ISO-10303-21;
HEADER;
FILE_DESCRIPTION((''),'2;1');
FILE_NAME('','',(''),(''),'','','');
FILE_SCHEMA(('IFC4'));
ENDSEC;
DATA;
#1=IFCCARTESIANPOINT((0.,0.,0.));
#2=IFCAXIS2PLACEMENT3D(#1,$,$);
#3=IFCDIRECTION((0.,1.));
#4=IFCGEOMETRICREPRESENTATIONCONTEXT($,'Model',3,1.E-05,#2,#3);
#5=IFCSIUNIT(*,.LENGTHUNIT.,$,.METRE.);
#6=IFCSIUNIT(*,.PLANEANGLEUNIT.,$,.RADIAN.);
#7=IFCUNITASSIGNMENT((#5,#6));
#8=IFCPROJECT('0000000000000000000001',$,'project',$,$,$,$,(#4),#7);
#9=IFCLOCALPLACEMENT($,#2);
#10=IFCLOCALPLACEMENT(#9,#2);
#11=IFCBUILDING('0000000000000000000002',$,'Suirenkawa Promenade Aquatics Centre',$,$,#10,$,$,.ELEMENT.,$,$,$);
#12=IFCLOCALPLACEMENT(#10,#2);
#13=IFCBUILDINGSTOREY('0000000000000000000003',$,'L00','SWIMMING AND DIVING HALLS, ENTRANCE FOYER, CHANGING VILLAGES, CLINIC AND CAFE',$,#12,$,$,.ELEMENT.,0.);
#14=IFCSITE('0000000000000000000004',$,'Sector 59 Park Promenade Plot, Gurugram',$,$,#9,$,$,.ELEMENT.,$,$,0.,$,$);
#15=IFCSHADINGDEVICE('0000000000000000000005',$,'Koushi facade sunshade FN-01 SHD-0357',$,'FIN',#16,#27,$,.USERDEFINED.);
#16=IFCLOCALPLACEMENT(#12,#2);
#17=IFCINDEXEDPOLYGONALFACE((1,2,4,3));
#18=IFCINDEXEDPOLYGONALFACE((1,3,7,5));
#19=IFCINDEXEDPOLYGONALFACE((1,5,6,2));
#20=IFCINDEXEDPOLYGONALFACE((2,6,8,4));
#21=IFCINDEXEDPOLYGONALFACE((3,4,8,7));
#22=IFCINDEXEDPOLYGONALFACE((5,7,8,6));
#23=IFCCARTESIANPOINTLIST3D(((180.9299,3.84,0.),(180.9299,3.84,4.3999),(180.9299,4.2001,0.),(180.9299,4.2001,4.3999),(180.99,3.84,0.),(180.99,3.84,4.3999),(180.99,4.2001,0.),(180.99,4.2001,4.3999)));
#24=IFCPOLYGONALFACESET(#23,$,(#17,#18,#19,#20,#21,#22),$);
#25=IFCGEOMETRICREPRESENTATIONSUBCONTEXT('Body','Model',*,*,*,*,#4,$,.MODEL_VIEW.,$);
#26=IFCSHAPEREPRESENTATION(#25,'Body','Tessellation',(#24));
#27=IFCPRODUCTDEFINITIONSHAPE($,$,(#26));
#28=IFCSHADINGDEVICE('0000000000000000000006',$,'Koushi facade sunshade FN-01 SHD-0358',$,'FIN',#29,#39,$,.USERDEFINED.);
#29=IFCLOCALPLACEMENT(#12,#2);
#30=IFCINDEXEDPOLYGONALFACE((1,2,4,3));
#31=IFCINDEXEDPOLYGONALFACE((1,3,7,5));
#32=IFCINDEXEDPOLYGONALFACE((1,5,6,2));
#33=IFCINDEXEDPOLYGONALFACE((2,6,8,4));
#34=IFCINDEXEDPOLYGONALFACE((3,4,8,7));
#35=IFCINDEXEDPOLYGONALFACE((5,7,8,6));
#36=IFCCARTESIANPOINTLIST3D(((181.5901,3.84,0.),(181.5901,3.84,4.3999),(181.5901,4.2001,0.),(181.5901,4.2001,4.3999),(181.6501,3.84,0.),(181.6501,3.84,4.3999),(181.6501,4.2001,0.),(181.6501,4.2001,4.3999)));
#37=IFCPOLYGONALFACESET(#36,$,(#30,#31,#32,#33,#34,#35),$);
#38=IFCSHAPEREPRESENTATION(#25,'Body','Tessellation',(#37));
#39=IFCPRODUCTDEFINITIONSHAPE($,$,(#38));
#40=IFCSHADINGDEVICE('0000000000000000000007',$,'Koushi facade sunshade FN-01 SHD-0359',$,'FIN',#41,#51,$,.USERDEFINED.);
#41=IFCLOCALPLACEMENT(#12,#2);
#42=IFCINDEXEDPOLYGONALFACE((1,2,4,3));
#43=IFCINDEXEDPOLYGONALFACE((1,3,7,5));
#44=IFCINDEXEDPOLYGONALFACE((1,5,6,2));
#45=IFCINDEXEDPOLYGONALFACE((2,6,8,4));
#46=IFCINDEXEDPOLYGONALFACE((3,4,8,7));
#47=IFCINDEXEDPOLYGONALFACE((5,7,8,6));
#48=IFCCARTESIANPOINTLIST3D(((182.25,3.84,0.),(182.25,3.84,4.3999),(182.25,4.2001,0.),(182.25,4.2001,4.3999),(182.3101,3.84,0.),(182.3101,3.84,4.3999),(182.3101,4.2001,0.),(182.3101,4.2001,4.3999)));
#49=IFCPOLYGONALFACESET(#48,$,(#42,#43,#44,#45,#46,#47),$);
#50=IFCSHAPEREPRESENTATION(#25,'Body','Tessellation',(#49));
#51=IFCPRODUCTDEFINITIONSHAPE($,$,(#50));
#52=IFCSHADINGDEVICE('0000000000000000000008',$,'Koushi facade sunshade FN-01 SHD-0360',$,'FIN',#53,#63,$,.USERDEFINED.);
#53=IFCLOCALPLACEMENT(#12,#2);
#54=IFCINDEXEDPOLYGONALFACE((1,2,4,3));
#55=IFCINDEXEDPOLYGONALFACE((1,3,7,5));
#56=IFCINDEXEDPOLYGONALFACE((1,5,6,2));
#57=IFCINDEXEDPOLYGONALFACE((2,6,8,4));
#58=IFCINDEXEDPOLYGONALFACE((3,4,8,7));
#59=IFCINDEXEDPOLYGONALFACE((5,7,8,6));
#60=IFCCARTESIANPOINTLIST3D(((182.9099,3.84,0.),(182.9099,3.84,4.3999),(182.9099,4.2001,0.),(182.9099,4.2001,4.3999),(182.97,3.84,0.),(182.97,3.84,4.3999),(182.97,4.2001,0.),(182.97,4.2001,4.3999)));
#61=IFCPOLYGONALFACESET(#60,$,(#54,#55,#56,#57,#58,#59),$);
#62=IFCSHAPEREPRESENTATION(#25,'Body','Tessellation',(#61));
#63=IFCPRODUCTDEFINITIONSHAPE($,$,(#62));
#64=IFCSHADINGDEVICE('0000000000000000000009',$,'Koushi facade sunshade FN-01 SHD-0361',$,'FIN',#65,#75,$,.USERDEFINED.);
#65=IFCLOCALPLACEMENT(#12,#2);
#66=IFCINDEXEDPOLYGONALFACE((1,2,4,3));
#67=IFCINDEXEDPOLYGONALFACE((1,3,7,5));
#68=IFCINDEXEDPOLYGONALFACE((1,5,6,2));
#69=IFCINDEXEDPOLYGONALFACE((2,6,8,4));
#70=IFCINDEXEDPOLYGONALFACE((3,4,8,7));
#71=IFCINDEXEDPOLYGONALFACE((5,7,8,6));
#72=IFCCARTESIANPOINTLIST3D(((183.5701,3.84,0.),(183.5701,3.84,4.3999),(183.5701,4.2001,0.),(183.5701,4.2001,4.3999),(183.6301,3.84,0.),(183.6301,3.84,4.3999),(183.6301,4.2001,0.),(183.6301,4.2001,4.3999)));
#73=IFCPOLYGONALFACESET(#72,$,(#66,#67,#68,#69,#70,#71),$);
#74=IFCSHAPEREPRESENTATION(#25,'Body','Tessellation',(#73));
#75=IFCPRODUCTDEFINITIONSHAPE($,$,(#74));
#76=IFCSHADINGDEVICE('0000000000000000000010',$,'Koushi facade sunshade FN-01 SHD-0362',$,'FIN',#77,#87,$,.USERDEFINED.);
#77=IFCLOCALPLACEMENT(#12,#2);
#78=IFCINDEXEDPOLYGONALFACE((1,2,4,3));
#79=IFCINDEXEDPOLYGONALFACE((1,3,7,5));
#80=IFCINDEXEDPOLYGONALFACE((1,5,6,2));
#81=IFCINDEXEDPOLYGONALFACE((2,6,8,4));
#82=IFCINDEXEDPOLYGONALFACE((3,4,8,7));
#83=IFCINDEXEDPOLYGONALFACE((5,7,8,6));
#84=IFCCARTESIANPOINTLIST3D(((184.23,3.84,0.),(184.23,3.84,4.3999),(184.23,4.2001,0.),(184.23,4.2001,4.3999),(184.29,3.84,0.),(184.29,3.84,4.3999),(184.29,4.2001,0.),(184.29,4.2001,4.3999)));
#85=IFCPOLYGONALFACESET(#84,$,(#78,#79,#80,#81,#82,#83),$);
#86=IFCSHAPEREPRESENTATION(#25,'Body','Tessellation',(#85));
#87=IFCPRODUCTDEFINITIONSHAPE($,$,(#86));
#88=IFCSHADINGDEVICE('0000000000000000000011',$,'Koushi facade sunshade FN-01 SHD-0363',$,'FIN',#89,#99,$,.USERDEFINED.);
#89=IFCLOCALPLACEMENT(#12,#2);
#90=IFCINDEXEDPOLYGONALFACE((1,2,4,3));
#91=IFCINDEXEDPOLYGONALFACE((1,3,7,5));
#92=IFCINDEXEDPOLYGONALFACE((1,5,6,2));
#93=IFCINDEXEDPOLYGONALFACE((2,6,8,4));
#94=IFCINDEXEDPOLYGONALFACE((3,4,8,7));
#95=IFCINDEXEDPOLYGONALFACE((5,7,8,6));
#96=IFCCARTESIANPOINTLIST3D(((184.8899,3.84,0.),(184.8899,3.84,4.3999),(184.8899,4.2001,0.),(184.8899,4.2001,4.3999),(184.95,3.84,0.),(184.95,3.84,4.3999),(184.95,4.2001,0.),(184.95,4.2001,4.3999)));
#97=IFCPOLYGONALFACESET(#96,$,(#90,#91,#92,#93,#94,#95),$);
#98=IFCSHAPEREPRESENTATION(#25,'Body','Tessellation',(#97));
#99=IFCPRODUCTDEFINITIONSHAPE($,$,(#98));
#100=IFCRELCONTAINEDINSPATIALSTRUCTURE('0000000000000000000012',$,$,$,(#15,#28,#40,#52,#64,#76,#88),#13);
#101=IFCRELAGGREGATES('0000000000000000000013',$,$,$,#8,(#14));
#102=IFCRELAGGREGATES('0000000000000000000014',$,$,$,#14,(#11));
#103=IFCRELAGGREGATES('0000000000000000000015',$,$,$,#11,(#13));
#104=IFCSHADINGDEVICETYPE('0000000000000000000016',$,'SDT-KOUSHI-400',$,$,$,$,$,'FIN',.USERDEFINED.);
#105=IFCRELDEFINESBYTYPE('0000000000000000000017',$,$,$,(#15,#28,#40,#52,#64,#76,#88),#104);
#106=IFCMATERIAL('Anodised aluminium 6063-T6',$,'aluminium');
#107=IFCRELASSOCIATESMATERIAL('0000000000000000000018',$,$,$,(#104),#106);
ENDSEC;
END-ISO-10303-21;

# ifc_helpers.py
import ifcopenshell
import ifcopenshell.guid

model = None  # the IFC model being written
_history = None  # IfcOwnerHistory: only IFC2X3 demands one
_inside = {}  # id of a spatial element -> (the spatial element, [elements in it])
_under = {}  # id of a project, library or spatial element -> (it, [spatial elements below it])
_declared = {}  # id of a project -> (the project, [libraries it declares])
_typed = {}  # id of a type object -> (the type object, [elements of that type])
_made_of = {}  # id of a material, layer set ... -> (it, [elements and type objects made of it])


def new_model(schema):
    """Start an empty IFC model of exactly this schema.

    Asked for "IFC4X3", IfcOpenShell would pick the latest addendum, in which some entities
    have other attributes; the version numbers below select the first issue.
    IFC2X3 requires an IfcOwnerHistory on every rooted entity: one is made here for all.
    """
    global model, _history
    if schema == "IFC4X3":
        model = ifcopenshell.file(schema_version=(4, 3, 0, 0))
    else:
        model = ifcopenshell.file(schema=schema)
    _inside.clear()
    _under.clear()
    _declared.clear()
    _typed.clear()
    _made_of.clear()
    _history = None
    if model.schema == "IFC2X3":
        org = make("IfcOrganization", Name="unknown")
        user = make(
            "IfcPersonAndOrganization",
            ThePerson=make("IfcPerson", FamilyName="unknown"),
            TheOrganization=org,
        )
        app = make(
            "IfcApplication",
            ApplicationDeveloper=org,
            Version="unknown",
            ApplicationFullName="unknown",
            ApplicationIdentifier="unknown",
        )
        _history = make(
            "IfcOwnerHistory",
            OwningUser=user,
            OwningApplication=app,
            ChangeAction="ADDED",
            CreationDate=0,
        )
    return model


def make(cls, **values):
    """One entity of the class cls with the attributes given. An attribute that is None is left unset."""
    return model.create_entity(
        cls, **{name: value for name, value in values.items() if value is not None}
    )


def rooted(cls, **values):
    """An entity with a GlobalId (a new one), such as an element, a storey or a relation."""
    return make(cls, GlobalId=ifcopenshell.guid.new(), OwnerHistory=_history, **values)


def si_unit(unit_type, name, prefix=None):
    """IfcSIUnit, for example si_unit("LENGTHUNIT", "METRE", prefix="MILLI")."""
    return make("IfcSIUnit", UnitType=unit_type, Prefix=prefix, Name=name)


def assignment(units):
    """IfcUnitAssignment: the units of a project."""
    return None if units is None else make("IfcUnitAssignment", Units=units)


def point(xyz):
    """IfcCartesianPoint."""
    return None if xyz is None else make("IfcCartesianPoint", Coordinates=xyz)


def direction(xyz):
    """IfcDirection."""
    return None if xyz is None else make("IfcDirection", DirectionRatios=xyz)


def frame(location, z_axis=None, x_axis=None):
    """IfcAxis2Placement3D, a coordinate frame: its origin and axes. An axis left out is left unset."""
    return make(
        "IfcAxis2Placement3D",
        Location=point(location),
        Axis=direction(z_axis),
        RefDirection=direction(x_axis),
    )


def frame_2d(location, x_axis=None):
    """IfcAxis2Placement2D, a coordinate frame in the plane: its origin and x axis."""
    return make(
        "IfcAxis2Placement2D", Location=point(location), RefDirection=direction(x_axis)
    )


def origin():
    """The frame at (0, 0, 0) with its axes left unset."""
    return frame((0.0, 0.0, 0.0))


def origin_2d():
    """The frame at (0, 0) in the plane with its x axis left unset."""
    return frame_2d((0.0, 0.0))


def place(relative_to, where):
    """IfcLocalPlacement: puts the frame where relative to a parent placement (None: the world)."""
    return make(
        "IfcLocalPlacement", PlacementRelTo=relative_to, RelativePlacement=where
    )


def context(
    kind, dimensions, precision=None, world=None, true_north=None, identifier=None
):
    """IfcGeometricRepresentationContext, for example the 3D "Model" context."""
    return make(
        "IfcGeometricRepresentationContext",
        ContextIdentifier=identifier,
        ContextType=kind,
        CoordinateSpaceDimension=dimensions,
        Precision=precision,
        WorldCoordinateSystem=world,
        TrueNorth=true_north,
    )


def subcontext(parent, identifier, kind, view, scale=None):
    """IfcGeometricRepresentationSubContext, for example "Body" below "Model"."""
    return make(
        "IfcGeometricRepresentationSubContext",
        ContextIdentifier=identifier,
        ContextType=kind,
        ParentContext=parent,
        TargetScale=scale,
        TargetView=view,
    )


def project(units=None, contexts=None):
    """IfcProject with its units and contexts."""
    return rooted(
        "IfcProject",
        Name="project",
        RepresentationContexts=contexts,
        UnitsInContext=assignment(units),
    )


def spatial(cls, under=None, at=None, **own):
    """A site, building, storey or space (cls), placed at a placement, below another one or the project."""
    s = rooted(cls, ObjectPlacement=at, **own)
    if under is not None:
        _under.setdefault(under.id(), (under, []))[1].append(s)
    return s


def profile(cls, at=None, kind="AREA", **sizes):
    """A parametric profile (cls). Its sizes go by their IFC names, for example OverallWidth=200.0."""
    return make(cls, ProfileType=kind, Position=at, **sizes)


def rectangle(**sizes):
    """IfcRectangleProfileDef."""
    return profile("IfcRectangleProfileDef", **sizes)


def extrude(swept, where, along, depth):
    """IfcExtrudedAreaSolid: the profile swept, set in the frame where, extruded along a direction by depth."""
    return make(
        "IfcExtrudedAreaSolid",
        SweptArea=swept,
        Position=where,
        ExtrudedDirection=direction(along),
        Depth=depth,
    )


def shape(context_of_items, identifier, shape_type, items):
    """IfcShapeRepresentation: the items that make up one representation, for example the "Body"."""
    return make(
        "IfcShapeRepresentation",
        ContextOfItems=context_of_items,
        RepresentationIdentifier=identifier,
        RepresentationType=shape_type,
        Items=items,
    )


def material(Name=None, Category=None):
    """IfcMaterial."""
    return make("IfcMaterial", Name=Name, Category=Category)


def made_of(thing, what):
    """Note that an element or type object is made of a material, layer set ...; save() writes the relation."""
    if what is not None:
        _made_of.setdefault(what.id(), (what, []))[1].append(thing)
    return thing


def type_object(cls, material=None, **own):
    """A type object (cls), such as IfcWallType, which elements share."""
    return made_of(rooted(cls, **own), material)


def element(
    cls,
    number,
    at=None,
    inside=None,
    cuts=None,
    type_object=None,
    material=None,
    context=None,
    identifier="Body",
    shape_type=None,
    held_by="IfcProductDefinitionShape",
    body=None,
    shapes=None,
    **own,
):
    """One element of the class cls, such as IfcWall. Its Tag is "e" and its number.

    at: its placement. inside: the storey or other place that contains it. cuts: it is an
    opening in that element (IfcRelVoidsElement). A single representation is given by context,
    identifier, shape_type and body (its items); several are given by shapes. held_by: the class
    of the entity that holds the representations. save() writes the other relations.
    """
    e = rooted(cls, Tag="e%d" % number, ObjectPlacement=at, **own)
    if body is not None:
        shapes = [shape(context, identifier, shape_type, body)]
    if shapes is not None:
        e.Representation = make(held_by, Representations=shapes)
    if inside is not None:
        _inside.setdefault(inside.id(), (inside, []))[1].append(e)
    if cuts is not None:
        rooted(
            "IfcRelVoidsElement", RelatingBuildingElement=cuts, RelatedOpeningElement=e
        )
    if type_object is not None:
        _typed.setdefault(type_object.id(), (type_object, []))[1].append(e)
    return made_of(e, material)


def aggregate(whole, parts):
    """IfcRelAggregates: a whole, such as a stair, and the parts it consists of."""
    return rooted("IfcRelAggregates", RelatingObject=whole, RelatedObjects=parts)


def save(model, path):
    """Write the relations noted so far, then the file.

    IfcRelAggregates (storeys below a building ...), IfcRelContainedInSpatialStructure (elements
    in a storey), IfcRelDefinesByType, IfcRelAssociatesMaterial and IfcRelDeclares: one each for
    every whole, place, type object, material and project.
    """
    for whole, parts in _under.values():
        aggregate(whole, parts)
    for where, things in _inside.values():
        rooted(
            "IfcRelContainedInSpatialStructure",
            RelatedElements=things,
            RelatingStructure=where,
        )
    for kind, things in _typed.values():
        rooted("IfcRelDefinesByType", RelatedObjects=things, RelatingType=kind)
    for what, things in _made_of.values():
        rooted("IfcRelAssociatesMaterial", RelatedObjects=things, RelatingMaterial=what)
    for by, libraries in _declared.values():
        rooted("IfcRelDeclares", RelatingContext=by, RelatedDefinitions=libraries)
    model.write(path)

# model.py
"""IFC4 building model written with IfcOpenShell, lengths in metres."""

from ifc_helpers import new_model, si_unit, direction, frame, origin, origin_2d, place, context, subcontext, project, spatial, rectangle, extrude, material, type_object, element, save


model = new_model("IFC4")

# Units and contexts
model_context = context("Model", 3, precision=1e-05, world=origin(), true_north=direction((0.0, 1.0)))
body_context = subcontext(model_context, "Body", "Model", "MODEL_VIEW")
ifc_project = project(units=[si_unit("LENGTHUNIT", "METRE"), si_unit("PLANEANGLEUNIT", "RADIAN")], contexts=[model_context])

# Site, building, storey
site_placement = place(None, origin())
site = spatial("IfcSite", under=ifc_project, at=site_placement, Name="Sector 59 Park Promenade Plot, Gurugram", CompositionType="ELEMENT", RefElevation=0.0)
building_placement = place(site_placement, origin())
building = spatial("IfcBuilding", under=site, at=building_placement, Name="Suirenkawa Promenade Aquatics Centre", CompositionType="ELEMENT")
storey_placement = place(building_placement, origin())
storey = spatial("IfcBuildingStorey", under=building, at=storey_placement, Name="L00", Description="SWIMMING AND DIVING HALLS, ENTRANCE FOYER, CHANGING VILLAGES, CLINIC AND CAFE", CompositionType="ELEMENT", Elevation=0.0)

# Shading devices
ifc_material_1 = material(Name="Anodised aluminium 6063-T6", Category="aluminium")
shading_device_type = type_object("IfcShadingDeviceType", Name="SDT-KOUSHI-400", ElementType="FIN", PredefinedType="USERDEFINED", material=ifc_material_1)
for number, where, z_axis, x_axis, name in (
    (1, (180.96, 4.02, 0.0), (0.0, 0.0, 1.0), (1.0, 0.0, 0.0), "Koushi facade sunshade FN-01 SHD-0357"),
    (2, (181.6201, 4.02, 0.0), (0.0, 0.0, 1.0), (1.0, 0.0, 0.0), "Koushi facade sunshade FN-01 SHD-0358"),
    (3, (182.28, 4.02, 0.0), (0.0, 0.0, 1.0), (1.0, 0.0, 0.0), "Koushi facade sunshade FN-01 SHD-0359"),
    (4, (182.9399, 4.02, 0.0), (0.0, 0.0, 1.0), (1.0, 0.0, 0.0), "Koushi facade sunshade FN-01 SHD-0360"),
    (5, (183.6001, 4.02, 0.0), (0.0, 0.0, 1.0), (1.0, 0.0, 0.0), "Koushi facade sunshade FN-01 SHD-0361"),
    (6, (184.26, 4.02, 0.0), (0.0, 0.0, 1.0), (1.0, 0.0, 0.0), "Koushi facade sunshade FN-01 SHD-0362"),
    (7, (184.9199, 4.02, 0.0), (0.0, 0.0, 1.0), (1.0, 0.0, 0.0), "Koushi facade sunshade FN-01 SHD-0363"),
):
    element("IfcShadingDevice", number, at=place(storey_placement, frame(where, z_axis=z_axis, x_axis=x_axis)), inside=storey, type_object=shading_device_type, Name=name, ObjectType="FIN", PredefinedType="USERDEFINED", context=body_context, shape_type="SweptSolid", body=[
        extrude(rectangle(XDim=0.0601, YDim=0.3601, at=origin_2d()), origin(), (0.0, 0.0, 1.0), 4.3999),
    ])

save(model, "model.ifc")
